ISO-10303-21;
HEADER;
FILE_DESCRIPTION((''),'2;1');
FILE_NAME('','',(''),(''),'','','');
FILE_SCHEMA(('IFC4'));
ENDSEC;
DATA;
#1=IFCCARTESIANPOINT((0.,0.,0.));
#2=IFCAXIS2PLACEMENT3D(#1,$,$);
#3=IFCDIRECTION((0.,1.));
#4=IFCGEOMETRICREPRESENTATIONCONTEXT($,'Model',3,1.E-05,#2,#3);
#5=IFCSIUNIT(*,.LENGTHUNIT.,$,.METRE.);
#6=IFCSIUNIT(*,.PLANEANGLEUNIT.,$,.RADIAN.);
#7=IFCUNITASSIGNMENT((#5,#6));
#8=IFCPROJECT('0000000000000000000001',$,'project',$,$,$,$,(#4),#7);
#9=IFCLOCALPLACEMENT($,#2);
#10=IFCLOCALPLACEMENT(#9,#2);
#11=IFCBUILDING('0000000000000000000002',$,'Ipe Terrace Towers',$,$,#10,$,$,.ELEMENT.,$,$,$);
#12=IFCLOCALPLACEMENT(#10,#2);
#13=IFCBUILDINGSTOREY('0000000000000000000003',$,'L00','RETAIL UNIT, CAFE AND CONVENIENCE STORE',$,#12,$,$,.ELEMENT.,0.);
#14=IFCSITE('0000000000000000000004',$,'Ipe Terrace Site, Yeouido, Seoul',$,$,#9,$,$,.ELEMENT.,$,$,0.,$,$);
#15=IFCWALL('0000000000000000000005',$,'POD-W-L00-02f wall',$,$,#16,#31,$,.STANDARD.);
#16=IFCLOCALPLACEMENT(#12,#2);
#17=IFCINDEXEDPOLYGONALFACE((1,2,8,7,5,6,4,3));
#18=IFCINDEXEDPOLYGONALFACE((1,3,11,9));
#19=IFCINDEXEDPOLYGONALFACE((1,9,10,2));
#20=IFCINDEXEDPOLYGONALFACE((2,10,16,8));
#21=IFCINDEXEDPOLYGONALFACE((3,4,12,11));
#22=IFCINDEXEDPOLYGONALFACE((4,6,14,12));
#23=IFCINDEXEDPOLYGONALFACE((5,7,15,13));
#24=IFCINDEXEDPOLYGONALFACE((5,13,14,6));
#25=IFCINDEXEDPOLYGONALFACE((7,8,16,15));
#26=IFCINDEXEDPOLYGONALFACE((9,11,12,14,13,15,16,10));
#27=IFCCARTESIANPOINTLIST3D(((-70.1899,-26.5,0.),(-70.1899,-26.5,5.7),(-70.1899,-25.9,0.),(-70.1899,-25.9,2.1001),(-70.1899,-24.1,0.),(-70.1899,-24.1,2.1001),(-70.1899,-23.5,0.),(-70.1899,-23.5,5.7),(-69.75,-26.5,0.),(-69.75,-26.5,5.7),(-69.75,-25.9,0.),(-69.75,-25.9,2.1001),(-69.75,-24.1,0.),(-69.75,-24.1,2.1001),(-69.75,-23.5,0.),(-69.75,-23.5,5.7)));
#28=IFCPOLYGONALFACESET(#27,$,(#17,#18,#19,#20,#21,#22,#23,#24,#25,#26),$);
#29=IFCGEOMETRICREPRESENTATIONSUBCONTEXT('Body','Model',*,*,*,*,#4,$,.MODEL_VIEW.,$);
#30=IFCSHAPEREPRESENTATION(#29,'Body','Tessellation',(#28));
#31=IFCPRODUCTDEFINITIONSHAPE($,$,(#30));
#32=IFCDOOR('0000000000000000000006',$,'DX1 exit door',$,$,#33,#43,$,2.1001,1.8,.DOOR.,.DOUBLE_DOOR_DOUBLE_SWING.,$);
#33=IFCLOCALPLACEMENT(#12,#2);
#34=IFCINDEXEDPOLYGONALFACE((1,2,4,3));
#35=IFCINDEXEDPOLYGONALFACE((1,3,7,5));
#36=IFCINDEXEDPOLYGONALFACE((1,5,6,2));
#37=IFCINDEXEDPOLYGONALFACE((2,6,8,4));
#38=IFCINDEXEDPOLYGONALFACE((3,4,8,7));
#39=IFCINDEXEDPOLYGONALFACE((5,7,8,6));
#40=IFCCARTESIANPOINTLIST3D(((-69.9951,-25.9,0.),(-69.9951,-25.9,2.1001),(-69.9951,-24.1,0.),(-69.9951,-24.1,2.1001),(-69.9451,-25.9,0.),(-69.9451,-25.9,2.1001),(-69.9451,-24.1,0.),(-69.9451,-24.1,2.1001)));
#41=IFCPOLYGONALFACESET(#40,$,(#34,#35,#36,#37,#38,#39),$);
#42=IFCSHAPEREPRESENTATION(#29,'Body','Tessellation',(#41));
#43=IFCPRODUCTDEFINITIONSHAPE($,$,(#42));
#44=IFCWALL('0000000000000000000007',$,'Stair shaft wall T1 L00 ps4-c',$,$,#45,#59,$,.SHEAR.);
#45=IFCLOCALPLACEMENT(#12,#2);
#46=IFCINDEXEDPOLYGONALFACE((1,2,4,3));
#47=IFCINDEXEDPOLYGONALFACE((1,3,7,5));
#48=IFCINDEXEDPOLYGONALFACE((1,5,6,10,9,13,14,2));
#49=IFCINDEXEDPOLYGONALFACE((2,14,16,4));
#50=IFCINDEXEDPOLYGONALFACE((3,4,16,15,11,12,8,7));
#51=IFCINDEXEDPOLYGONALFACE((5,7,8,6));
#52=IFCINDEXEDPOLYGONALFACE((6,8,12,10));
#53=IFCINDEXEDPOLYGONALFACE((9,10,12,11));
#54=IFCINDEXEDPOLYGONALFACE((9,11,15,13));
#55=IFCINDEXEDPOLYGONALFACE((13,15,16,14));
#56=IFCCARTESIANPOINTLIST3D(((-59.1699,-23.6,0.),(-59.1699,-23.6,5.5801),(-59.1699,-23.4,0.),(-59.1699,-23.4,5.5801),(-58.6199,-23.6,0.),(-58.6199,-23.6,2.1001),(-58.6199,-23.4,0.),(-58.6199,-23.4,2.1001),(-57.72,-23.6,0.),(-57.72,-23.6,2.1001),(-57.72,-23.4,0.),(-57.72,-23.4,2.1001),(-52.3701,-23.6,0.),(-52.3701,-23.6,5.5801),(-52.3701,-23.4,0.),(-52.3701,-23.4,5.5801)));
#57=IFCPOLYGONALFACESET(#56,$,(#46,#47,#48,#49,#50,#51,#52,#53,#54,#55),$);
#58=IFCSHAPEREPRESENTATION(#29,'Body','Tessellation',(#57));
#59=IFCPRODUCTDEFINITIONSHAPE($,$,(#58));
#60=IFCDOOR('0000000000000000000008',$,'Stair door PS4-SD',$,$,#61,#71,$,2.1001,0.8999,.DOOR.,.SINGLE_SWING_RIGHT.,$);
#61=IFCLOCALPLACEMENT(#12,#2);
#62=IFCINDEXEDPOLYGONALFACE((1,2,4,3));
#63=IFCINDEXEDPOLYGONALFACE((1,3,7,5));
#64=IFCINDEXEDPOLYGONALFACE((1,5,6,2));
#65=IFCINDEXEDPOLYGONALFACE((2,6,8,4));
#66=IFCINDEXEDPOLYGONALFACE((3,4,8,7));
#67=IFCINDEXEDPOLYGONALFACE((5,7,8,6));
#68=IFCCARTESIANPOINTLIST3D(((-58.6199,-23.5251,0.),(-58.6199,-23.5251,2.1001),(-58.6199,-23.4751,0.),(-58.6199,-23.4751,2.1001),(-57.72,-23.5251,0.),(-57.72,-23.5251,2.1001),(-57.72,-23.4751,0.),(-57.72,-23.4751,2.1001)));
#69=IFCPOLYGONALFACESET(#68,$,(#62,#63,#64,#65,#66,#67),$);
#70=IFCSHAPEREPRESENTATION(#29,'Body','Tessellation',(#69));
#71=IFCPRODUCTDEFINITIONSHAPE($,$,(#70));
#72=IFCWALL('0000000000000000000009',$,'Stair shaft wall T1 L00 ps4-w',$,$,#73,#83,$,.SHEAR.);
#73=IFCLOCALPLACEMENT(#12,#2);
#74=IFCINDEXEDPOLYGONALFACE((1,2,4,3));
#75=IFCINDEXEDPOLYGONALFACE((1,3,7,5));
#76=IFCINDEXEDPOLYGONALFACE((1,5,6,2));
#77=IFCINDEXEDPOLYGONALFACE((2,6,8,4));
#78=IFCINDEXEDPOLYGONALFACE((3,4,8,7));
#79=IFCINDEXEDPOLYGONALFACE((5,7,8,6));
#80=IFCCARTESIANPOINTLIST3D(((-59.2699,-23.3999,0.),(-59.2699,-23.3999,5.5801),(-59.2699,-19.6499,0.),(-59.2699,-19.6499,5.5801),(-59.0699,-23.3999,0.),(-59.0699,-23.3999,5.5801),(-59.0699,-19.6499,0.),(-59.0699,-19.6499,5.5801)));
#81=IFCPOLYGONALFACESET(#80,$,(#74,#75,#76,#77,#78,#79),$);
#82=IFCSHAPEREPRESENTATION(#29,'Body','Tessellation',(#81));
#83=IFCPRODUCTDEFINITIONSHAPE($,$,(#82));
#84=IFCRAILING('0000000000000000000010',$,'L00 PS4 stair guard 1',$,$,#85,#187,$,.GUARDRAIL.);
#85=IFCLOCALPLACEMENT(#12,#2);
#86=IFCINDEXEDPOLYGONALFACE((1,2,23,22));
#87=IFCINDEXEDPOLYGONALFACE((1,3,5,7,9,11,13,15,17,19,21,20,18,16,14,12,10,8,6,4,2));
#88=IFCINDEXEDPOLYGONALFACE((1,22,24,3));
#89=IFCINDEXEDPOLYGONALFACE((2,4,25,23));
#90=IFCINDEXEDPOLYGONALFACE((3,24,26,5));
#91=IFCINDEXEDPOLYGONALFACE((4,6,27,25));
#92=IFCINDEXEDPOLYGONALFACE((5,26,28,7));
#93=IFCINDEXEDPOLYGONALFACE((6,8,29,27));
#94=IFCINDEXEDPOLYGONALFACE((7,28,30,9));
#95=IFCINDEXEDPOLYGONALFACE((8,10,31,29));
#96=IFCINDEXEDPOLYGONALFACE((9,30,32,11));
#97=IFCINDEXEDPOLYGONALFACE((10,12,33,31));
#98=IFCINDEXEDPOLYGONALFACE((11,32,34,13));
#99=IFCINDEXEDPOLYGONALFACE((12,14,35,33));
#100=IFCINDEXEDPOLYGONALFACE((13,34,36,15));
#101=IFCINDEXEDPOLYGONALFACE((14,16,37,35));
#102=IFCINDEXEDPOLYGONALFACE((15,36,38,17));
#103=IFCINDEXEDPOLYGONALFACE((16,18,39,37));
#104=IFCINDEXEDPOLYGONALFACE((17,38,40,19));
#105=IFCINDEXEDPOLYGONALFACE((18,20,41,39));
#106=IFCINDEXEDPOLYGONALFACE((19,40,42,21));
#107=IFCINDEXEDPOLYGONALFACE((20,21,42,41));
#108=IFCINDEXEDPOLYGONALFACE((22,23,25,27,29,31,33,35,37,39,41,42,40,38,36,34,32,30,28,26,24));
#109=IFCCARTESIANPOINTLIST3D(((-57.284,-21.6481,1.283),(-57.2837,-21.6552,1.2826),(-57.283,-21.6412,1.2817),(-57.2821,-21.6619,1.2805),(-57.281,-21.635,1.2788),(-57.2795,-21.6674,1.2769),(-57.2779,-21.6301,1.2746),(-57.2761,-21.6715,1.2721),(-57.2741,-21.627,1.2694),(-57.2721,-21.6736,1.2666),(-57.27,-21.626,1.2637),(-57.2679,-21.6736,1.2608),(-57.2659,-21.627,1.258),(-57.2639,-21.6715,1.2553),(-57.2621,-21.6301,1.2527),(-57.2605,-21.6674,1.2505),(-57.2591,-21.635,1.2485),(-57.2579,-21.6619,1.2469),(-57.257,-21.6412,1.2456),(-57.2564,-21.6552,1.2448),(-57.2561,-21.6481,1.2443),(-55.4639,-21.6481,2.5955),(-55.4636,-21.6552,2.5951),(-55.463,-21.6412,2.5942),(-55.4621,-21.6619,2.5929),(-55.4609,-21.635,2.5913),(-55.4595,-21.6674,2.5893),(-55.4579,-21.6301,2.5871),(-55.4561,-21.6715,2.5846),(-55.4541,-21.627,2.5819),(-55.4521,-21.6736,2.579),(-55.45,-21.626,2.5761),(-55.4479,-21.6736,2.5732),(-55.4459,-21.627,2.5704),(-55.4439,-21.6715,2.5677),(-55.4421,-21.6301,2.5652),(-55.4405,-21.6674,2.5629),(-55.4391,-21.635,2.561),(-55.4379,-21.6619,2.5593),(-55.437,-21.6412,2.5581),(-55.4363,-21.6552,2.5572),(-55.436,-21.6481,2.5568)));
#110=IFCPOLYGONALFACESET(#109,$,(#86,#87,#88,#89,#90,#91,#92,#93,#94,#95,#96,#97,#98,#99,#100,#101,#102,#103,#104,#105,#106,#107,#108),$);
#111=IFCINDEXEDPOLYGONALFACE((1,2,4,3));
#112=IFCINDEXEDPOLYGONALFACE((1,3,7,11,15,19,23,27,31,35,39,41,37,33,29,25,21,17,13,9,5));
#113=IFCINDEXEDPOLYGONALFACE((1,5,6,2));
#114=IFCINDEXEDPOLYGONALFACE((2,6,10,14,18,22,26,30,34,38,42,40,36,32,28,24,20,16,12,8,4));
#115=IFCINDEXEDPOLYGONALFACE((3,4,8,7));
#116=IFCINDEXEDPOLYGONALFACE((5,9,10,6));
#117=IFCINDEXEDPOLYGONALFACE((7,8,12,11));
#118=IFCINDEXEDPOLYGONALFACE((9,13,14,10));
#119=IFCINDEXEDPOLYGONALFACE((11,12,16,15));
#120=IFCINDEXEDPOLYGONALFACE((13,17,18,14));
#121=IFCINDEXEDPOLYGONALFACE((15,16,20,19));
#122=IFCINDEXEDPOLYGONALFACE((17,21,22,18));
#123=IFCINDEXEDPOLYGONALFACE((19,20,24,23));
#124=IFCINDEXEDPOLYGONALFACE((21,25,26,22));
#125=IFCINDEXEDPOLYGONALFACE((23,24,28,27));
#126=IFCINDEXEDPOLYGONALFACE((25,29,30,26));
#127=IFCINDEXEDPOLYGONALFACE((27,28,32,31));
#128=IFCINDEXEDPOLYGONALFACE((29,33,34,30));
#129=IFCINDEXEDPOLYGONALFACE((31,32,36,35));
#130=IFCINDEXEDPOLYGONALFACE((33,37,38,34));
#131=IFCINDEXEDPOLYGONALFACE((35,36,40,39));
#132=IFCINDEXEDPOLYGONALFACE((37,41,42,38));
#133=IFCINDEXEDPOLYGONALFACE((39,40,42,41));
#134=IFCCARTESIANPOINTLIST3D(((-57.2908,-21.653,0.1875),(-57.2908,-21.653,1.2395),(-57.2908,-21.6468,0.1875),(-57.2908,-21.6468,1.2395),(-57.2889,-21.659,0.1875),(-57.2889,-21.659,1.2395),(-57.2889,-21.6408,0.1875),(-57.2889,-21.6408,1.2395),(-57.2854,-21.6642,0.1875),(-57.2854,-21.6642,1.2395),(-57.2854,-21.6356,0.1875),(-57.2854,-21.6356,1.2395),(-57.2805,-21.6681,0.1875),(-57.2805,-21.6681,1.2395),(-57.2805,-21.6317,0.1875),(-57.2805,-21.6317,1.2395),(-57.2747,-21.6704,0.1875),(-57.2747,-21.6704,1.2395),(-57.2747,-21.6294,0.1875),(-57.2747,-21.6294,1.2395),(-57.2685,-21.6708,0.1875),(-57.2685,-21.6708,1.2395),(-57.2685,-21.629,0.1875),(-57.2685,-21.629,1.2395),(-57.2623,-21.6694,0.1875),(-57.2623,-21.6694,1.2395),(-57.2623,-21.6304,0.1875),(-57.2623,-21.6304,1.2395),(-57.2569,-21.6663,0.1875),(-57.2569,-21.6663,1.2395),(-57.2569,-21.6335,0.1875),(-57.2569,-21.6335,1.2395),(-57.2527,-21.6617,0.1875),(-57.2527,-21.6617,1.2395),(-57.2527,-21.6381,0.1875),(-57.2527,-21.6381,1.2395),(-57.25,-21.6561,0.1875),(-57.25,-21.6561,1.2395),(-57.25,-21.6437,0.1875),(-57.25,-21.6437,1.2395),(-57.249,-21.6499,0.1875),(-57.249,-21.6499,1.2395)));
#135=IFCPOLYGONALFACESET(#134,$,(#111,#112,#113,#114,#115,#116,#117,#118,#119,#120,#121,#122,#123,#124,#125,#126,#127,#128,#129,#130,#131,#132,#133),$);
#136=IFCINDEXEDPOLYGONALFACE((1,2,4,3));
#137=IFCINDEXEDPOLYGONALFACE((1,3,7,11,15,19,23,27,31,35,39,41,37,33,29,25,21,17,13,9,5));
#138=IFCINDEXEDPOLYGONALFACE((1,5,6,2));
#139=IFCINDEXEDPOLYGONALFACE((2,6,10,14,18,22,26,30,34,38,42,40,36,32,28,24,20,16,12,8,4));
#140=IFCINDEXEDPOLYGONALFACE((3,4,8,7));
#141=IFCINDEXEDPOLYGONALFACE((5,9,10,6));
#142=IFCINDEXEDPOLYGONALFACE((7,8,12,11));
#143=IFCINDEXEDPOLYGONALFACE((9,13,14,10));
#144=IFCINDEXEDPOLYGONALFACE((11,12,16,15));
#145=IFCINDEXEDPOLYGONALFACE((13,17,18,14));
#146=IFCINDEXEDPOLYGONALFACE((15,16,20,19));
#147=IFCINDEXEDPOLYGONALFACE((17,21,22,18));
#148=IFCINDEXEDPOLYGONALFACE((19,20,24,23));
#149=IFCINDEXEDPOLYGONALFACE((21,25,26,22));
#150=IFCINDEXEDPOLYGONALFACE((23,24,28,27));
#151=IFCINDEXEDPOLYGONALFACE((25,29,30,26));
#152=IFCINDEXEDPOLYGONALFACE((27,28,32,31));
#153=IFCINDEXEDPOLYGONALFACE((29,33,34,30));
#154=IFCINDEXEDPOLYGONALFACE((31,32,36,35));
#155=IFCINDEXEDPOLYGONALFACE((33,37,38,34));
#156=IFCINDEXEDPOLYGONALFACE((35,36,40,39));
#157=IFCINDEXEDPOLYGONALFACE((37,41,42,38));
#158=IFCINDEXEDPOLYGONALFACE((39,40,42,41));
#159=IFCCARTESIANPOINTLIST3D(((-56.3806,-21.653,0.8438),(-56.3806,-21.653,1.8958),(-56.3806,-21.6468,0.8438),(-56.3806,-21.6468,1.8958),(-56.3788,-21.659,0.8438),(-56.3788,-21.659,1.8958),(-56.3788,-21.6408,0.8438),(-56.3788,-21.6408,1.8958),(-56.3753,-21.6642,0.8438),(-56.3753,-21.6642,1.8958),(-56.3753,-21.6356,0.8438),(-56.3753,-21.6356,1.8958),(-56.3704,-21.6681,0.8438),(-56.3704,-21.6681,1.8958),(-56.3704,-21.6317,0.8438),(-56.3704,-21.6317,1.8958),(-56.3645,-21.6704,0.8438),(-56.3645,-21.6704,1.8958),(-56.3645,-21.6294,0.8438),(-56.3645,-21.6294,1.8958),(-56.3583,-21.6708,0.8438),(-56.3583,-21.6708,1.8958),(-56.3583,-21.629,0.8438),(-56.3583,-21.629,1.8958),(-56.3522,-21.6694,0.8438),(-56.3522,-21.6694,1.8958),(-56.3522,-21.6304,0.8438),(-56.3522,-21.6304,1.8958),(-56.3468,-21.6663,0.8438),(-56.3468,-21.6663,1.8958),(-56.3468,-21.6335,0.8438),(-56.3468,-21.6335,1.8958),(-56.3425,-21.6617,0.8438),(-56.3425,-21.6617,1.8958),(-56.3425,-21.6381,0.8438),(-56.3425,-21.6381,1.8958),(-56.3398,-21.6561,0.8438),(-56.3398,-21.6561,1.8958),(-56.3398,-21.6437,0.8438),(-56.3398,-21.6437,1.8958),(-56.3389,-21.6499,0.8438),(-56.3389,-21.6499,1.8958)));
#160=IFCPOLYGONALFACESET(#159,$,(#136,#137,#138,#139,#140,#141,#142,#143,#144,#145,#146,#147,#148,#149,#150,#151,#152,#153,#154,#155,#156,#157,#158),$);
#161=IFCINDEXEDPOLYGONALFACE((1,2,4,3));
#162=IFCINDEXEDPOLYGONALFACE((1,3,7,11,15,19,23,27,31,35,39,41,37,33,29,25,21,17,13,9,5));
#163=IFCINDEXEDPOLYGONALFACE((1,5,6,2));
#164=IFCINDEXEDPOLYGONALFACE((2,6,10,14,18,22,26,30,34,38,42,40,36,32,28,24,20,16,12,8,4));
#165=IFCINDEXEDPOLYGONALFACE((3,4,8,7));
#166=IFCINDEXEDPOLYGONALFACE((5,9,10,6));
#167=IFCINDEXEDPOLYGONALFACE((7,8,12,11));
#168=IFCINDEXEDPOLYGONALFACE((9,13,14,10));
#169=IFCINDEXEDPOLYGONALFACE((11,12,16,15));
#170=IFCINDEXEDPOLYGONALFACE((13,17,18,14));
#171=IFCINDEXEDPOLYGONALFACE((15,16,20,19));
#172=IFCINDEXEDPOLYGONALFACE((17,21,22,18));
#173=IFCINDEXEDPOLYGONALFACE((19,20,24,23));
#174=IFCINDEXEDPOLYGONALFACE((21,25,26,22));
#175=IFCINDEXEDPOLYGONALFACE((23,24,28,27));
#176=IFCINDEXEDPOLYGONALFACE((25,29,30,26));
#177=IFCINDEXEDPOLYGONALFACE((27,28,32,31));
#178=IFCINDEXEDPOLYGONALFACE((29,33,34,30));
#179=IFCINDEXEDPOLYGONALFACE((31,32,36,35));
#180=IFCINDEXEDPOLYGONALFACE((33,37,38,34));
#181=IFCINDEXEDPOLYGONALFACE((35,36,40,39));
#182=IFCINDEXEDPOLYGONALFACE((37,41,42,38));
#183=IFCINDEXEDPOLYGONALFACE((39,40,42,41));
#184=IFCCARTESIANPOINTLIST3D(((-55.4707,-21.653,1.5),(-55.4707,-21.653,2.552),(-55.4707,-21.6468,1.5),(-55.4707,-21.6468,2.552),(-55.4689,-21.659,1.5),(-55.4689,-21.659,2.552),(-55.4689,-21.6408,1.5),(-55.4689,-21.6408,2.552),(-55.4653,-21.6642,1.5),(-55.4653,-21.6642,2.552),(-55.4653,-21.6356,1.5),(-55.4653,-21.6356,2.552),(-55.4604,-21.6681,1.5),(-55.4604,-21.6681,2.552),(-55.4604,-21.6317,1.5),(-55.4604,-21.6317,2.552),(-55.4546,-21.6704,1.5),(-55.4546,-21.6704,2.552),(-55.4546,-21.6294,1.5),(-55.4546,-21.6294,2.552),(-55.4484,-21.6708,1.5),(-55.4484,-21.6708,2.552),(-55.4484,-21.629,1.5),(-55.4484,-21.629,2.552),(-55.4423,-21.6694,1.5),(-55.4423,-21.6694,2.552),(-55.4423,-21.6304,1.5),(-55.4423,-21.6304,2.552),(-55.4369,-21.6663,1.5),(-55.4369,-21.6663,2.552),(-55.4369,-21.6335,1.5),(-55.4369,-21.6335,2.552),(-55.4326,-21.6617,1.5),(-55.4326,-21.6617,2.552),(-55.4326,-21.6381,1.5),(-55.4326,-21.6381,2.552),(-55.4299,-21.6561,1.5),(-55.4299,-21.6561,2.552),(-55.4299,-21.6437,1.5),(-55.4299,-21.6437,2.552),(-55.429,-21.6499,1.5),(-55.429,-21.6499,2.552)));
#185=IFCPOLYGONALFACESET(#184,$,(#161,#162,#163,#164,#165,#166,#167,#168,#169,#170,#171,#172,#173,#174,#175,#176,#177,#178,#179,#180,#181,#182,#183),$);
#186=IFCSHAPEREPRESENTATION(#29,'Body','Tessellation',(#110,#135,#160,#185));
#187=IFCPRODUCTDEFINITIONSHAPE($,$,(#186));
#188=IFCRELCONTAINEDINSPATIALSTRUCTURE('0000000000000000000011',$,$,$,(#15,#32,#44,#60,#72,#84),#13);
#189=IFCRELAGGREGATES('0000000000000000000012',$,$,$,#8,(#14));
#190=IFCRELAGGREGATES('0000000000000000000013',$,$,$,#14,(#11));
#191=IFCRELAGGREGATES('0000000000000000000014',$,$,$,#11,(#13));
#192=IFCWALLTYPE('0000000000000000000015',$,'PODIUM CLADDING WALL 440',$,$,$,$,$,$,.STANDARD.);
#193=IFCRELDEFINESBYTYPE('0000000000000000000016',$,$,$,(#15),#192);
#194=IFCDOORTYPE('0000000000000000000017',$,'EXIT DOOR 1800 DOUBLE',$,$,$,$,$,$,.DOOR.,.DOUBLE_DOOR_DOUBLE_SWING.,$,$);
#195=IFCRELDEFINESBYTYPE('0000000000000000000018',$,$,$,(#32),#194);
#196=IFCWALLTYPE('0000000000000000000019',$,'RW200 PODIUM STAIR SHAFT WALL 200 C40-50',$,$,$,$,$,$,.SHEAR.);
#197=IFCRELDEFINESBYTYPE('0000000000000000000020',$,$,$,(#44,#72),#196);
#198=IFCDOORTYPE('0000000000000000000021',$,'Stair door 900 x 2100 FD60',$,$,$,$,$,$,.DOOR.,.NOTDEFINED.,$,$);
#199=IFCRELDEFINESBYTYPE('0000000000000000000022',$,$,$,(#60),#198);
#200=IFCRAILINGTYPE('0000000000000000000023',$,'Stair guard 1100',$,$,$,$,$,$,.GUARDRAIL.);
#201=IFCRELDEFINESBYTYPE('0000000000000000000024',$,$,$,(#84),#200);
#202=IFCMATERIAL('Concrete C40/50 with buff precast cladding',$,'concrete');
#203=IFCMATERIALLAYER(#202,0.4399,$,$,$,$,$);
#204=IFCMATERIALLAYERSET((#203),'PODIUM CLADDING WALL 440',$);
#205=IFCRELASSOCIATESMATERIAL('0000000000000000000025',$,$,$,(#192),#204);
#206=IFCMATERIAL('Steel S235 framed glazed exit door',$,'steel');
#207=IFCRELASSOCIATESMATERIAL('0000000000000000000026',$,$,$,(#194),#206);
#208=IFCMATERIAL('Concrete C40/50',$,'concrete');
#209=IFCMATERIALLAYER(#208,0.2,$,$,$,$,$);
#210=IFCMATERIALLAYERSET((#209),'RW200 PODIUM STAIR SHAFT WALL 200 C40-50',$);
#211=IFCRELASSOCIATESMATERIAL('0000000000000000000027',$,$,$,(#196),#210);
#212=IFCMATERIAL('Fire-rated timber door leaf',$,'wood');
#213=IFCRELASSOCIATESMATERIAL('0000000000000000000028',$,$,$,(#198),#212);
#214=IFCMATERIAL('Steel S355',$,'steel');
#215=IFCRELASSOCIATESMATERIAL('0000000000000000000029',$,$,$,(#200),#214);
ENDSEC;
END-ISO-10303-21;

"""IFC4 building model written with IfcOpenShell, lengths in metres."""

from ifc_helpers import new_model, si_unit, direction, frame, frame_2d, origin, origin_2d, place, context, subcontext, project, spatial, rectangle, circle, extrude, material, layer, layer_set, type_object, element, fill, save


model = new_model("IFC4")

# Units and contexts
model_context = context("Model", 3, precision=1e-05, world=origin(), true_north=direction((0.0, 1.0)))
body_context = subcontext(model_context, "Body", "Model", "MODEL_VIEW")
ifc_project = project(units=[si_unit("LENGTHUNIT", "METRE"), si_unit("PLANEANGLEUNIT", "RADIAN")], contexts=[model_context])

# Site, building, storey
site_placement = place(None, origin())
site = spatial("IfcSite", under=ifc_project, at=site_placement, Name="Ipe Terrace Site, Yeouido, Seoul", CompositionType="ELEMENT", RefElevation=0.0)
building_placement = place(site_placement, origin())
building = spatial("IfcBuilding", under=site, at=building_placement, Name="Ipe Terrace Towers", CompositionType="ELEMENT")
storey_placement = place(building_placement, origin())
storey = spatial("IfcBuildingStorey", under=building, at=storey_placement, Name="L00", Description="RETAIL UNIT, CAFE AND CONVENIENCE STORE", CompositionType="ELEMENT", Elevation=0.0)

# Walls, openings, doors
ifc_material_1 = material(Name="Concrete C40/50 with buff precast cladding", Category="concrete")
ifc_layer_1 = layer(ifc_material_1, 0.4399)
ifc_layer_set_1 = layer_set([ifc_layer_1], Name="PODIUM CLADDING WALL 440")
wall_type_1 = type_object("IfcWallType", Name="PODIUM CLADDING WALL 440", PredefinedType="STANDARD", material=ifc_layer_set_1)
wall_1_placement = place(storey_placement, frame((-69.97, -23.5, 0.0), z_axis=(0.0, 0.0, 1.0), x_axis=(0.0, -1.0, 0.0)))
wall_1 = element("IfcWall", 1, at=wall_1_placement, inside=storey, type_object=wall_type_1, Name="POD-W-L00-02f wall", PredefinedType="STANDARD", context=body_context, shape_type="SweptSolid", body=[
    extrude(rectangle(XDim=3.0, YDim=0.4399, at=frame_2d((1.5, 0.0))), origin(), (0.0, 0.0, 1.0), 5.7),
])
opening_1_placement = place(wall_1_placement, frame((0.6001, 0.0, 0.0)))
opening_1 = element("IfcOpeningElement", 2, at=opening_1_placement, cuts=wall_1, PredefinedType="OPENING", context=body_context, shape_type="SweptSolid", body=[
    extrude(rectangle(XDim=1.8, YDim=2.1001, at=frame_2d((0.8999, 1.05))), frame((0.0, 0.23, 0.0), z_axis=(0.0, -1.0, 0.0), x_axis=(1.0, 0.0, 0.0)), (0.0, 0.0, 1.0), 0.46),
])
ifc_material_2 = material(Name="Steel S235 framed glazed exit door", Category="steel")
door_type_1 = type_object("IfcDoorType", Name="EXIT DOOR 1800 DOUBLE", OperationType="DOUBLE_DOOR_DOUBLE_SWING", PredefinedType="DOOR", material=ifc_material_2)
door_1_placement = place(opening_1_placement, origin())
door_1 = element("IfcDoor", 3, at=door_1_placement, inside=storey, type_object=door_type_1, Name="DX1 exit door", OperationType="DOUBLE_DOOR_DOUBLE_SWING", OverallHeight=2.1001, OverallWidth=1.8, PredefinedType="DOOR", context=body_context, shape_type="SweptSolid", body=[
    extrude(rectangle(XDim=1.8, YDim=2.1001, at=frame_2d((0.8999, 1.05))), frame((0.0, 0.0249, 0.0), z_axis=(0.0, -1.0, 0.0), x_axis=(1.0, 0.0, 0.0)), (0.0, 0.0, 1.0), 0.05),
])
fill(opening_1, door_1)
ifc_material_3 = material(Name="Concrete C40/50", Category="concrete")
ifc_layer_2 = layer(ifc_material_3, 0.2)
ifc_layer_set_2 = layer_set([ifc_layer_2], Name="RW200 PODIUM STAIR SHAFT WALL 200 C40-50")
wall_type_2 = type_object("IfcWallType", Name="RW200 PODIUM STAIR SHAFT WALL 200 C40-50", PredefinedType="SHEAR", material=ifc_layer_set_2)
wall_2_placement = place(storey_placement, frame((-59.1699, -23.5, 0.0), z_axis=(0.0, 0.0, 1.0), x_axis=(1.0, 0.0, 0.0)))
wall_2 = element("IfcWall", 4, at=wall_2_placement, inside=storey, type_object=wall_type_2, Name="Stair shaft wall T1 L00 ps4-c", PredefinedType="SHEAR", context=body_context, shape_type="SweptSolid", body=[
    extrude(rectangle(XDim=6.7998, YDim=0.2, at=frame_2d((3.3999, 0.0))), origin(), (0.0, 0.0, 1.0), 5.5801),
])
opening_2_placement = place(wall_2_placement, frame((0.55, 0.0, 0.0)))
opening_2 = element("IfcOpeningElement", 5, at=opening_2_placement, cuts=wall_2, PredefinedType="OPENING", context=body_context, shape_type="SweptSolid", body=[
    extrude(rectangle(XDim=0.8999, YDim=2.1001, at=frame_2d((0.45, 1.05))), frame((0.0, 0.1099, 0.0), z_axis=(0.0, -1.0, 0.0), x_axis=(1.0, 0.0, 0.0)), (0.0, 0.0, 1.0), 0.22),
])
ifc_material_4 = material(Name="Fire-rated timber door leaf", Category="wood")
door_type_2 = type_object("IfcDoorType", Name="Stair door 900 x 2100 FD60", OperationType="NOTDEFINED", PredefinedType="DOOR", material=ifc_material_4)
door_2_placement = place(opening_2_placement, origin())
door_2 = element("IfcDoor", 6, at=door_2_placement, inside=storey, type_object=door_type_2, Name="Stair door PS4-SD", OperationType="SINGLE_SWING_RIGHT", OverallHeight=2.1001, OverallWidth=0.8999, PredefinedType="DOOR", context=body_context, shape_type="SweptSolid", body=[
    extrude(rectangle(XDim=0.8999, YDim=2.1001, at=frame_2d((0.45, 1.05))), frame((0.0, 0.0249, 0.0), z_axis=(0.0, -1.0, 0.0), x_axis=(1.0, 0.0, 0.0)), (0.0, 0.0, 1.0), 0.05),
])
fill(opening_2, door_2)

# Wall
wall_3_placement = place(storey_placement, frame((-59.1699, -23.3999, 0.0), z_axis=(0.0, 0.0, 1.0), x_axis=(0.0, 1.0, 0.0)))
element("IfcWall", 7, at=wall_3_placement, inside=storey, type_object=wall_type_2, Name="Stair shaft wall T1 L00 ps4-w", PredefinedType="SHEAR", context=body_context, shape_type="SweptSolid", body=[
    extrude(rectangle(XDim=3.75, YDim=0.2, at=frame_2d((1.875, 0.0))), origin(), (0.0, 0.0, 1.0), 5.5801),
])

# Railing
ifc_material_5 = material(Name="Steel S355", Category="steel")
railing_type_1 = type_object("IfcRailingType", Name="Stair guard 1100", PredefinedType="GUARDRAIL", material=ifc_material_5)
railing_1_placement = place(storey_placement, frame((-57.27, -21.6499, 0.1875)))
element("IfcRailing", 8, at=railing_1_placement, inside=storey, type_object=railing_type_1, Name="L00 PS4 stair guard 1", PredefinedType="GUARDRAIL", context=body_context, shape_type="SweptSolid", body=[
    extrude(circle(Radius=0.0239, at=origin_2d()), frame((0.0, 0.0, 1.0762), z_axis=(0.811101, 0.0, 0.584906), x_axis=(0.0, 1.0, 0.0)), (0.0, 0.0, 1.0), 2.2439),
    extrude(circle(Radius=0.021, at=origin_2d()), origin(), (0.0, 0.0, 1.0), 1.052),
    extrude(circle(Radius=0.021, at=origin_2d()), frame((0.9102, 0.0, 0.6562)), (0.0, 0.0, 1.0), 1.052),
    extrude(circle(Radius=0.021, at=origin_2d()), frame((1.8201, 0.0, 1.3125)), (0.0, 0.0, 1.0), 1.052),
])

save(model, "model.ifc")
